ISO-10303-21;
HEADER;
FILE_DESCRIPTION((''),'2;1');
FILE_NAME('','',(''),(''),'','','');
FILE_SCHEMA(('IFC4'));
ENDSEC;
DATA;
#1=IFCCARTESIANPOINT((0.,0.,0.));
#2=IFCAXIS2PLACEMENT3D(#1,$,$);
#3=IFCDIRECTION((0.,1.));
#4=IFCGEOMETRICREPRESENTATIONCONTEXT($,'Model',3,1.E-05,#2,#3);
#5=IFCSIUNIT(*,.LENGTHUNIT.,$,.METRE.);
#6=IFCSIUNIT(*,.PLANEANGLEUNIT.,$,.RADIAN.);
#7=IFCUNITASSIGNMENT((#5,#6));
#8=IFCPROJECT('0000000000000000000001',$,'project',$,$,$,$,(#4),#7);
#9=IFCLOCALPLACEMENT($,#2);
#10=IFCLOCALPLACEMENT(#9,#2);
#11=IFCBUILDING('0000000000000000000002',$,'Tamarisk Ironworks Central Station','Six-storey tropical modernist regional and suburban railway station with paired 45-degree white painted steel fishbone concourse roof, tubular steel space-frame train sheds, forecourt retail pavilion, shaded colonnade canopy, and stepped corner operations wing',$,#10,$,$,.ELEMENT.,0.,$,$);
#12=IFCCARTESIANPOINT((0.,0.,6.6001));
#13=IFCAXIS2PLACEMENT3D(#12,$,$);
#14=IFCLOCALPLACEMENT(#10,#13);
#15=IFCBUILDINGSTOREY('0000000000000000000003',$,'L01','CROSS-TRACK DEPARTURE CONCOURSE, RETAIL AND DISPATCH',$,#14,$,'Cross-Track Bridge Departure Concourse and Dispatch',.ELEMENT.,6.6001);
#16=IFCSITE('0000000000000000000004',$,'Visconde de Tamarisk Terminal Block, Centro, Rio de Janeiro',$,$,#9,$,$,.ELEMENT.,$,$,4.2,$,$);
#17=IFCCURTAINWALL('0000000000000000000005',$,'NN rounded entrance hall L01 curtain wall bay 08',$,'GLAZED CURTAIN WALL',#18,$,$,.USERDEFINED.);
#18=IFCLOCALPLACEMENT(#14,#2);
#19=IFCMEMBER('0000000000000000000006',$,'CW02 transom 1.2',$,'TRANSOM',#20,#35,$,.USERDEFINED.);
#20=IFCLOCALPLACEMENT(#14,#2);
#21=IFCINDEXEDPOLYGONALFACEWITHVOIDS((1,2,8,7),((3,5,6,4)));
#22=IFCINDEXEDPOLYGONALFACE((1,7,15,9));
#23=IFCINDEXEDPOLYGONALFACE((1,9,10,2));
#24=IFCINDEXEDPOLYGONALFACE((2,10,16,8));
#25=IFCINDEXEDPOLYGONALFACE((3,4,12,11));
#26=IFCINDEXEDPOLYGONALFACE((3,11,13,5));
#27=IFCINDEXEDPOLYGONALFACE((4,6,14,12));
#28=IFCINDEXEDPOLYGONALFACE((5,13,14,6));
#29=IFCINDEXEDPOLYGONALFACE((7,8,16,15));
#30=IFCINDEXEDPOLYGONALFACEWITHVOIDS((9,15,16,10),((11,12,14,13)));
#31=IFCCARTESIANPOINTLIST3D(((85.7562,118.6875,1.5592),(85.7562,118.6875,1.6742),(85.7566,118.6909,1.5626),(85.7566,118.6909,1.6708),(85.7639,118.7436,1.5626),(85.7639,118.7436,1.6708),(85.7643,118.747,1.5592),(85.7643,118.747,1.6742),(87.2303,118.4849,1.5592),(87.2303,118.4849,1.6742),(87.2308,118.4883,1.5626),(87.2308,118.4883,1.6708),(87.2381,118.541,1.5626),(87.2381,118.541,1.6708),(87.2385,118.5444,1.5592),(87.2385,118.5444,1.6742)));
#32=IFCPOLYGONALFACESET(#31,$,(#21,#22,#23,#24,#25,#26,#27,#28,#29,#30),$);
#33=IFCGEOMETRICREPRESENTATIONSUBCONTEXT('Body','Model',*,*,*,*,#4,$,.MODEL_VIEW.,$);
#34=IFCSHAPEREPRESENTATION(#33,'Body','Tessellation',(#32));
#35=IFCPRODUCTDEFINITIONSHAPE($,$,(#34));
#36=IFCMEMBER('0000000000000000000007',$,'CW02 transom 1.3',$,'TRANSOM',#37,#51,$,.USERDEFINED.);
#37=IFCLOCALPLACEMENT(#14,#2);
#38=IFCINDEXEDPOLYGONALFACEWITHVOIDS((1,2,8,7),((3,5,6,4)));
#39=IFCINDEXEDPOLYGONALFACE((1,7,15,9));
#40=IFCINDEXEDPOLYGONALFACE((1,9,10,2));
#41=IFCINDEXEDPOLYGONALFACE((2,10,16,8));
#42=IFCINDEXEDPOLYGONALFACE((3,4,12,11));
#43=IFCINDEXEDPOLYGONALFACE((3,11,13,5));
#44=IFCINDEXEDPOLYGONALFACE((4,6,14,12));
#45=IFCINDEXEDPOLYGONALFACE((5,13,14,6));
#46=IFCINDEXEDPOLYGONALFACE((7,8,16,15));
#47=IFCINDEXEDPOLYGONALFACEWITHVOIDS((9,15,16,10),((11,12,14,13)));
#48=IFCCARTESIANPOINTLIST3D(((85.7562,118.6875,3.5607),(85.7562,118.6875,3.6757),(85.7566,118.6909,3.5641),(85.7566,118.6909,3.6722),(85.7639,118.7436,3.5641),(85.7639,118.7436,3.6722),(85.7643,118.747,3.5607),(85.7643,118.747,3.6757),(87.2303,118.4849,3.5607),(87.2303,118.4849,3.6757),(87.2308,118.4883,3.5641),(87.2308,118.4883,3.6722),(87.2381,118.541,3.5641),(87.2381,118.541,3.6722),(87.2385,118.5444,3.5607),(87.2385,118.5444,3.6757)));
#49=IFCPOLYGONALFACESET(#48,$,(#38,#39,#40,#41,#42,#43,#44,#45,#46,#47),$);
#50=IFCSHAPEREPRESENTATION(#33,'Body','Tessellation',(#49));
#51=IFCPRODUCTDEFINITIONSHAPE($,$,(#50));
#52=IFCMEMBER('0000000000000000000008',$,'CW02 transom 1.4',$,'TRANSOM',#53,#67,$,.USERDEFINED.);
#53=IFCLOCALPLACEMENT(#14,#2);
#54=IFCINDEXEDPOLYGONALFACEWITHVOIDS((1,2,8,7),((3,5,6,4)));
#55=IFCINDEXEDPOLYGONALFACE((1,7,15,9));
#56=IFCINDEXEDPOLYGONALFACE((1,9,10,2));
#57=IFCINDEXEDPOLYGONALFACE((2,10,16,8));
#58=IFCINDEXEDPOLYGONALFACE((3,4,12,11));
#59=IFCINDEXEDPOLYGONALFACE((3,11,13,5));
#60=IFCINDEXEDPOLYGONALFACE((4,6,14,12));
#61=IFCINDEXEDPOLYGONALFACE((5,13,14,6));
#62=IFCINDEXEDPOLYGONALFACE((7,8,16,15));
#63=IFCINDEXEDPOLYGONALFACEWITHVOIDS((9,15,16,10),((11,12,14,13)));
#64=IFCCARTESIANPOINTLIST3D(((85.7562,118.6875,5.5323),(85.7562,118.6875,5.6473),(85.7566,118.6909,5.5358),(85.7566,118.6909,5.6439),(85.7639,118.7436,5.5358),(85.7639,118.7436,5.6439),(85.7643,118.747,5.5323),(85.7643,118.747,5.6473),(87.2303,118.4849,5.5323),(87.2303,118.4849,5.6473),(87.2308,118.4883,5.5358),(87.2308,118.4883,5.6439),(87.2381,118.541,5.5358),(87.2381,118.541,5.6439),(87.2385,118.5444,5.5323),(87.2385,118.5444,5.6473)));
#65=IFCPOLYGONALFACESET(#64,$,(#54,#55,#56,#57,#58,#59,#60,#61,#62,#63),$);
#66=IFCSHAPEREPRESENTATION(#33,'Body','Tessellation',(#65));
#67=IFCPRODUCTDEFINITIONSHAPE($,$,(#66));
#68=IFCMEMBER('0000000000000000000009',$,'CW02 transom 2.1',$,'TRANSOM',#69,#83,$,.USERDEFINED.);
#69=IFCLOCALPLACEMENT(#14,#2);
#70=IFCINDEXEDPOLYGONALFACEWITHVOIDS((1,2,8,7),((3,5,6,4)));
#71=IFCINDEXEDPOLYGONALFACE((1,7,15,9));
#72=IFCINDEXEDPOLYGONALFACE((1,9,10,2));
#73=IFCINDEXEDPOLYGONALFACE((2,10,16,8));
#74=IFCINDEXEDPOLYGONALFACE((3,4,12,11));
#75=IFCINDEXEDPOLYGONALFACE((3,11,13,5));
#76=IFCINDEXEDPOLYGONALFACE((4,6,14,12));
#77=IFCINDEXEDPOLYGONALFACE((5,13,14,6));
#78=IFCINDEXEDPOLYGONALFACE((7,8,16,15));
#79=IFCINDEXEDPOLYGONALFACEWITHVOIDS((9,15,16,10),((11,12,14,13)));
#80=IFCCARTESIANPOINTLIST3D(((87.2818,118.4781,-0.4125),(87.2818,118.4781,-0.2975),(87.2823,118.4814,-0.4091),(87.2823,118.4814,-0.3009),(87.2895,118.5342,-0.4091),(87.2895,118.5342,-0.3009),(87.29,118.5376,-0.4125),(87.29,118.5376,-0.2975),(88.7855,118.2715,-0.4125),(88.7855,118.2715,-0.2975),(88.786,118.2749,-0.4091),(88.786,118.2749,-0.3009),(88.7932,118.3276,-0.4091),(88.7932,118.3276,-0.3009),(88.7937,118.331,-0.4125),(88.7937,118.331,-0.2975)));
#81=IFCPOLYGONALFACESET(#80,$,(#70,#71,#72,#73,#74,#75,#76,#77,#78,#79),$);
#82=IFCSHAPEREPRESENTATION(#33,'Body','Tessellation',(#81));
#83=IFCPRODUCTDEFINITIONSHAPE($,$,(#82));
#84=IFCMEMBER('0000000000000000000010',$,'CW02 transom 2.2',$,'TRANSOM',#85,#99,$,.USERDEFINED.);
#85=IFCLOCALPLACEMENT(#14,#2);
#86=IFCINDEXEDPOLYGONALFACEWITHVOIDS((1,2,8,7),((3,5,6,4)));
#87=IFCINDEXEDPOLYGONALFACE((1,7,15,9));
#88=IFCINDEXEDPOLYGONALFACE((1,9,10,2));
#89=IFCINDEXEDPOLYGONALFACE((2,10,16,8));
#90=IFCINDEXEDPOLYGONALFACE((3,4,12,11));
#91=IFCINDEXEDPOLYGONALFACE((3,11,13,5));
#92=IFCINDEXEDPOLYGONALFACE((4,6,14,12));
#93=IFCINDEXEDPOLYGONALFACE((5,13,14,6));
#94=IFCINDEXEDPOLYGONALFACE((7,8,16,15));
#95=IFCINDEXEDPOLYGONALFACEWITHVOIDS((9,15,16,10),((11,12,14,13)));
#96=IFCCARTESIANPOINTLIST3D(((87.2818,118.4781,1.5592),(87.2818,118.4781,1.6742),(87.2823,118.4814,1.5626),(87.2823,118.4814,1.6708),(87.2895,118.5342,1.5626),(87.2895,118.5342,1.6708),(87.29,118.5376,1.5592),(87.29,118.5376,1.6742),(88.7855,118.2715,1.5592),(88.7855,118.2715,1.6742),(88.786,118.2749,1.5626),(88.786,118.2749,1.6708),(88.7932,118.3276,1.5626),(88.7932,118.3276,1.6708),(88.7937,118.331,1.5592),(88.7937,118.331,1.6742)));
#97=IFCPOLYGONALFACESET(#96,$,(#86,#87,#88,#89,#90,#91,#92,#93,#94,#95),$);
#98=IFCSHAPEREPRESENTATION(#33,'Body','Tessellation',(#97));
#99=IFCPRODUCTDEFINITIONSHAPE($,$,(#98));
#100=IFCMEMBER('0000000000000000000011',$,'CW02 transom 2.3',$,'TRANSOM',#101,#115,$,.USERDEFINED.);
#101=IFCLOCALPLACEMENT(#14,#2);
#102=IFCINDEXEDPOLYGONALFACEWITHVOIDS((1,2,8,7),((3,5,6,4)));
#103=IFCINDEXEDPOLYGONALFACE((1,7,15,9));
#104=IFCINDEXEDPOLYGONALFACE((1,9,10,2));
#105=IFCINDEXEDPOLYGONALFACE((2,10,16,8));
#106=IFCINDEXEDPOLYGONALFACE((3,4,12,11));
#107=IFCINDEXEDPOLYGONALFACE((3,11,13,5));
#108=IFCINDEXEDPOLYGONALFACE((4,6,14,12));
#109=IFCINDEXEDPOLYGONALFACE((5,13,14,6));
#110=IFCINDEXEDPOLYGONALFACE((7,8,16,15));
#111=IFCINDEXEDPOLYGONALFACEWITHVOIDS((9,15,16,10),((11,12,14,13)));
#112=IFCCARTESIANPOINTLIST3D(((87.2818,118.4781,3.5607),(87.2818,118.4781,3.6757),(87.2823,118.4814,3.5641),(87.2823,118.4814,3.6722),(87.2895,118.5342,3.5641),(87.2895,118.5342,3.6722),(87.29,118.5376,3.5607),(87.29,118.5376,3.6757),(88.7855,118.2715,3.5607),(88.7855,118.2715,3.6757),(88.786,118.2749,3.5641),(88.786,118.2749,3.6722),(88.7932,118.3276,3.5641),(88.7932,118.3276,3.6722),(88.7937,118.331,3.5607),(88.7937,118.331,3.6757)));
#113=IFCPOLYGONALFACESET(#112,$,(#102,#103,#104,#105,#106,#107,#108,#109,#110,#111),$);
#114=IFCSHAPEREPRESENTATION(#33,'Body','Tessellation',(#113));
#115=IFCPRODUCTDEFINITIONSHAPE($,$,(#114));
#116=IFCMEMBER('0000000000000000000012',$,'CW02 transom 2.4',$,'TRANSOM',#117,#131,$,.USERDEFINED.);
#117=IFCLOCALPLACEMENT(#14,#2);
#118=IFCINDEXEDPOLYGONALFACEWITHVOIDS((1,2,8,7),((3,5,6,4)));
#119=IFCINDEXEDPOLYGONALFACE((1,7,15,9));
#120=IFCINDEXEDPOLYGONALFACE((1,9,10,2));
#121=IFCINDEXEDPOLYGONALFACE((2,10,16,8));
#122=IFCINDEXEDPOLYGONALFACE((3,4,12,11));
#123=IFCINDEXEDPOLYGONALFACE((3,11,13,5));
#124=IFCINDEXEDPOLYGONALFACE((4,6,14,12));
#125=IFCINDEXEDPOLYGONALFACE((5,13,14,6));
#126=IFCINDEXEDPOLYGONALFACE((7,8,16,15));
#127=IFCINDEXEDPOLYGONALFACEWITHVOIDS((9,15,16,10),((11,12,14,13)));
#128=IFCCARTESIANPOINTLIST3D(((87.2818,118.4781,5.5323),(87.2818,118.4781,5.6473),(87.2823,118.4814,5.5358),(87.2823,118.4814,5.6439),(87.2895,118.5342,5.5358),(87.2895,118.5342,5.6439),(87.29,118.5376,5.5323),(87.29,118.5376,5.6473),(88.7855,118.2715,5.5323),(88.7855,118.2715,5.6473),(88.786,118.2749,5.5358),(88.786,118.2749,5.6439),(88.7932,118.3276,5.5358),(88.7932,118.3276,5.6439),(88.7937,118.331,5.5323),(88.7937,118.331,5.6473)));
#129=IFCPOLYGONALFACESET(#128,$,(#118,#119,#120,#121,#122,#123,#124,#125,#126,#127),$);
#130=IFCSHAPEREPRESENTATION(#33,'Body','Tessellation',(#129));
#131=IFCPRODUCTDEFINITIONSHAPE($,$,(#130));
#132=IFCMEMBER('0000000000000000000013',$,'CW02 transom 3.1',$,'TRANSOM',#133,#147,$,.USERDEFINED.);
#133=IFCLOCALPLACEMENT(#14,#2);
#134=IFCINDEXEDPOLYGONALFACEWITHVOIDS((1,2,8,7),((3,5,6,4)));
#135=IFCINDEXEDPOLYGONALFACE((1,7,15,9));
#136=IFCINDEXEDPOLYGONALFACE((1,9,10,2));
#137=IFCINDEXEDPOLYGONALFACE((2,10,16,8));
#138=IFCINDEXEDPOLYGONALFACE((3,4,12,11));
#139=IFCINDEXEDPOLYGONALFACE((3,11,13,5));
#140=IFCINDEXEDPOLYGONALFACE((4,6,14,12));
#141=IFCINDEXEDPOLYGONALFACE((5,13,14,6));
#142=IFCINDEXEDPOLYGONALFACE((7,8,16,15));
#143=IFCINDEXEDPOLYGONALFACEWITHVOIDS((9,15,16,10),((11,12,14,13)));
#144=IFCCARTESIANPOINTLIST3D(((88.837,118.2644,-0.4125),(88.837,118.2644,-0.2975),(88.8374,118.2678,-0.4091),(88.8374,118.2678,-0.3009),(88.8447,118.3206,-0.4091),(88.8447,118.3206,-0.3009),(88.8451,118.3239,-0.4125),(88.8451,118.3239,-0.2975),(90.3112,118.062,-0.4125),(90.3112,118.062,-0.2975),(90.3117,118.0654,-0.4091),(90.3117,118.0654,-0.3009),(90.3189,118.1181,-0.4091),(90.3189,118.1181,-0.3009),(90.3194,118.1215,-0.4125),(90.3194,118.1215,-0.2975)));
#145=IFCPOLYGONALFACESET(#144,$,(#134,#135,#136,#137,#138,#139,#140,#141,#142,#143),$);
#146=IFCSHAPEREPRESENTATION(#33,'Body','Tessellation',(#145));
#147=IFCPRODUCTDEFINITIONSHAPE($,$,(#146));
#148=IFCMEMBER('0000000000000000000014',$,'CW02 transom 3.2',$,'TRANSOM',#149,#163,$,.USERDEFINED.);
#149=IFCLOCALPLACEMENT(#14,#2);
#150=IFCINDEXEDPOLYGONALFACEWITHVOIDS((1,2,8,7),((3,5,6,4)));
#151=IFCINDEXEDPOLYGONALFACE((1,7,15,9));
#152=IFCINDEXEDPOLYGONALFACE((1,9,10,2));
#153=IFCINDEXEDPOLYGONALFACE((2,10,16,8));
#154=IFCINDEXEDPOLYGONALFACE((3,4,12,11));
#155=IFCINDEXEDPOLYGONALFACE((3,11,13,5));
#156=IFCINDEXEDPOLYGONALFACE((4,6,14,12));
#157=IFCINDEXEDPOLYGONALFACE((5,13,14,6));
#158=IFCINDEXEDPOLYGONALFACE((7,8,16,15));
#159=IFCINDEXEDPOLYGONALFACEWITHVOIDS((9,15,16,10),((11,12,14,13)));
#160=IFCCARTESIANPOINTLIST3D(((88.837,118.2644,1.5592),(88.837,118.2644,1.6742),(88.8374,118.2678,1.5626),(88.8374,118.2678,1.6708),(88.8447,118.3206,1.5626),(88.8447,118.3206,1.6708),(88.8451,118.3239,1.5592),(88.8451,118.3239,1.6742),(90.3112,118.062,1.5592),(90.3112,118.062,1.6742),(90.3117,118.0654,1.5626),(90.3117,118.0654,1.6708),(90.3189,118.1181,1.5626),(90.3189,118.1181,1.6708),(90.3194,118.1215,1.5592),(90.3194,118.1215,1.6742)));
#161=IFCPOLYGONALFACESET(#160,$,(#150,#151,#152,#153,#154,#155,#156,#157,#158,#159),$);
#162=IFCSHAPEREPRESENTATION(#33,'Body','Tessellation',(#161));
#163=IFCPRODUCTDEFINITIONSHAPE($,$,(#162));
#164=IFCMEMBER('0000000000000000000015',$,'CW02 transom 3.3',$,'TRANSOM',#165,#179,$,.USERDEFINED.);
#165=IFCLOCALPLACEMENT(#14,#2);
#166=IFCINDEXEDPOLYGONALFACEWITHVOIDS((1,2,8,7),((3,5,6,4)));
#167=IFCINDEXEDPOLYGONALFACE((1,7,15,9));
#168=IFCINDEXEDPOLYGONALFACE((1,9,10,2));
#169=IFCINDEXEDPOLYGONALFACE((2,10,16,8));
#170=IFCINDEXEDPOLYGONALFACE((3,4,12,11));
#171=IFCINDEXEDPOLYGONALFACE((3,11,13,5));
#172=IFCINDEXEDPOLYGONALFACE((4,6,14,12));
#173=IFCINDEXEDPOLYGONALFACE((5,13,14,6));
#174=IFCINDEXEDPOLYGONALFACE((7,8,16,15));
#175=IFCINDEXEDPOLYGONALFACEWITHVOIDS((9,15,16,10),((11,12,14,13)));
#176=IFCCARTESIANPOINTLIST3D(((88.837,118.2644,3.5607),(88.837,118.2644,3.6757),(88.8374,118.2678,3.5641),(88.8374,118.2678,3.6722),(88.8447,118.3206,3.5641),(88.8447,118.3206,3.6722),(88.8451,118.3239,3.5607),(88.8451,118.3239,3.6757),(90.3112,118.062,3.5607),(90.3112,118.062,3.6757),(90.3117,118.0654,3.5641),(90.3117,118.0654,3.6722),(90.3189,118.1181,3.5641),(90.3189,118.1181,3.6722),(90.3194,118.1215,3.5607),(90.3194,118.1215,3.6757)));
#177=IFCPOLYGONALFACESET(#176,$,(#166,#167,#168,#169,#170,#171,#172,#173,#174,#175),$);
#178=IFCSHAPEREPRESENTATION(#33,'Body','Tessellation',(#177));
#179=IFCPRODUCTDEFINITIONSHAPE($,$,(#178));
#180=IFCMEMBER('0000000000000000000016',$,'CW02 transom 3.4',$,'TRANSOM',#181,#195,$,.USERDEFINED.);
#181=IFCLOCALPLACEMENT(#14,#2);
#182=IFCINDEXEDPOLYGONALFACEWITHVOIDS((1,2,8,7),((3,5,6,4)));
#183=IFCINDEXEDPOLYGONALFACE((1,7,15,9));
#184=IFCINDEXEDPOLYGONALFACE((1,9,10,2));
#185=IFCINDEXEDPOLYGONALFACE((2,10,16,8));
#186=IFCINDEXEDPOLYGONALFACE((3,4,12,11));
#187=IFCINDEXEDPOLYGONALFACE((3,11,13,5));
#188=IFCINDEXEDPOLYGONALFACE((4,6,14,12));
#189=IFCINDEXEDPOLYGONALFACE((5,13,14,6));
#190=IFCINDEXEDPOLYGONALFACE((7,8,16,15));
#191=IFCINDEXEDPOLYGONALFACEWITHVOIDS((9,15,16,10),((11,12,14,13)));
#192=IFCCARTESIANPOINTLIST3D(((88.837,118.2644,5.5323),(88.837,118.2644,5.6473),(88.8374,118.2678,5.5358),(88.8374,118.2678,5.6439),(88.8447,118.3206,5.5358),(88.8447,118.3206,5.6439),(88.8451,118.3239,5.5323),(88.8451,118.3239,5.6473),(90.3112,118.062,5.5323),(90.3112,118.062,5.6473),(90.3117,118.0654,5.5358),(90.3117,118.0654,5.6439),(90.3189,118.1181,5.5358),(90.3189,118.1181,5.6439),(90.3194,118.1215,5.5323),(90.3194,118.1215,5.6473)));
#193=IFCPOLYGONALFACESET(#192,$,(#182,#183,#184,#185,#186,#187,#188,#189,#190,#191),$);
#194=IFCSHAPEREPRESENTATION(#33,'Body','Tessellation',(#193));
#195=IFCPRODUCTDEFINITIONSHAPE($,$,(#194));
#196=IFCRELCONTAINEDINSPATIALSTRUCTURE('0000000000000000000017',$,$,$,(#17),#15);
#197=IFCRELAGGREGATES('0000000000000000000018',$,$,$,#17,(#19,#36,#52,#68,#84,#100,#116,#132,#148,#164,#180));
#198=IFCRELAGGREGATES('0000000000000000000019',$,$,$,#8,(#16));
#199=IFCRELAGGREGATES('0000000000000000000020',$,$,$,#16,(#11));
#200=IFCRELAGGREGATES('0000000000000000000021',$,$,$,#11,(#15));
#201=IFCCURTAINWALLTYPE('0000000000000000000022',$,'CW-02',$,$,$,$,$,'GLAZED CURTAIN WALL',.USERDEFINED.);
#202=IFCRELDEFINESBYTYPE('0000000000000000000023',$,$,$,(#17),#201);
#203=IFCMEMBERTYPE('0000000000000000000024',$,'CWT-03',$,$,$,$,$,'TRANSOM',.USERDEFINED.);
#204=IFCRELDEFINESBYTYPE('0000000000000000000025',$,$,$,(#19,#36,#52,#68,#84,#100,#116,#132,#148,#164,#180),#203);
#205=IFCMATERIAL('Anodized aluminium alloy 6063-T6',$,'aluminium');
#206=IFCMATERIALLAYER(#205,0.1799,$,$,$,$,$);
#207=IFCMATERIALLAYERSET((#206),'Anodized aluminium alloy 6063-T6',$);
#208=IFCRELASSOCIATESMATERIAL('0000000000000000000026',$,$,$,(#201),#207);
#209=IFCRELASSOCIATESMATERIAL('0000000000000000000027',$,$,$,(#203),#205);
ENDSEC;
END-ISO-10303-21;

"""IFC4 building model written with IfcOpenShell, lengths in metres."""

from ifc_helpers import new_model, si_unit, direction, frame, origin, origin_2d, place, context, subcontext, project, spatial, hollow_rectangle, extrude, material, layer, layer_set, material_profile, profile_set, type_object, element, aggregate, save


model = new_model("IFC4")

# Units and contexts
model_context = context("Model", 3, precision=1e-05, world=origin(), true_north=direction((0.0, 1.0)))
body_context = subcontext(model_context, "Body", "Model", "MODEL_VIEW")
ifc_project = project(units=[si_unit("LENGTHUNIT", "METRE"), si_unit("PLANEANGLEUNIT", "RADIAN")], contexts=[model_context])

# Site, building, storey
site_placement = place(None, origin())
site = spatial("IfcSite", under=ifc_project, at=site_placement, Name="Visconde de Tamarisk Terminal Block, Centro, Rio de Janeiro", CompositionType="ELEMENT", RefElevation=4.2)
building_placement = place(site_placement, origin())
building = spatial("IfcBuilding", under=site, at=building_placement, Name="Tamarisk Ironworks Central Station", Description="Six-storey tropical modernist regional and suburban railway station with paired 45-degree white painted steel fishbone concourse roof, tubular steel space-frame train sheds, forecourt retail pavilion, shaded colonnade canopy, and stepped corner operations wing", CompositionType="ELEMENT", ElevationOfRefHeight=0.0)
storey_placement = place(building_placement, frame((0.0, 0.0, 6.6001)))
storey = spatial("IfcBuildingStorey", under=building, at=storey_placement, Name="L01", Description="CROSS-TRACK DEPARTURE CONCOURSE, RETAIL AND DISPATCH", LongName="Cross-Track Bridge Departure Concourse and Dispatch", CompositionType="ELEMENT", Elevation=6.6001)

# Shared definitions
ifc_material_1 = material(Name="Anodized aluminium alloy 6063-T6", Category="aluminium")
ifc_layer_1 = layer(ifc_material_1, 0.1799)
ifc_layer_set_1 = layer_set([ifc_layer_1], Name="Anodized aluminium alloy 6063-T6")
curtain_wall_type = type_object("IfcCurtainWallType", Name="CW-02", ElementType="GLAZED CURTAIN WALL", PredefinedType="USERDEFINED", material=ifc_layer_set_1)

# Curtain wall, members
curtain_wall_1_placement = place(storey_placement, origin())
curtain_wall_1 = element("IfcCurtainWall", 1, at=curtain_wall_1_placement, inside=storey, type_object=curtain_wall_type, Name="NN rounded entrance hall L01 curtain wall bay 08", ObjectType="GLAZED CURTAIN WALL", PredefinedType="USERDEFINED")
ifc_material_profile_1 = material_profile(ifc_material_1, hollow_rectangle(XDim=0.0601, YDim=0.115, WallThickness=0.0034, at=origin_2d()), Name="ALUM 115x60")
ifc_profile_set_1 = profile_set([ifc_material_profile_1], Name="Anodized aluminium alloy 6063-T6")
member_type_1 = type_object("IfcMemberType", Name="CWT-03", ElementType="TRANSOM", PredefinedType="USERDEFINED", material=ifc_profile_set_1)
member_1_placement = place(storey_placement, frame((85.7603, 118.7173, 1.6167), z_axis=(0.990684, -0.136182, 0.0), x_axis=(0.136182, 0.990684, 0.0)))
member_1 = element("IfcMember", 2, at=member_1_placement, type_object=member_type_1, Name="CW02 transom 1.2", ObjectType="TRANSOM", PredefinedType="USERDEFINED", context=body_context, shape_type="SweptSolid", body=[
    extrude(hollow_rectangle(XDim=0.0601, YDim=0.115, WallThickness=0.0034, at=origin_2d()), origin(), (0.0, 0.0, 1.0), 1.488),
])
member_2_placement = place(storey_placement, frame((85.7603, 118.7173, 3.6182), z_axis=(0.990684, -0.136182, 0.0), x_axis=(0.136182, 0.990684, 0.0)))
member_2 = element("IfcMember", 3, at=member_2_placement, type_object=member_type_1, Name="CW02 transom 1.3", ObjectType="TRANSOM", PredefinedType="USERDEFINED", context=body_context, shape_type="SweptSolid", body=[
    extrude(hollow_rectangle(XDim=0.0601, YDim=0.115, WallThickness=0.0034, at=origin_2d()), origin(), (0.0, 0.0, 1.0), 1.488),
])
member_3_placement = place(storey_placement, frame((85.7603, 118.7173, 5.5898), z_axis=(0.990684, -0.136182, 0.0), x_axis=(0.136182, 0.990684, 0.0)))
member_3 = element("IfcMember", 4, at=member_3_placement, type_object=member_type_1, Name="CW02 transom 1.4", ObjectType="TRANSOM", PredefinedType="USERDEFINED", context=body_context, shape_type="SweptSolid", body=[
    extrude(hollow_rectangle(XDim=0.0601, YDim=0.115, WallThickness=0.0034, at=origin_2d()), origin(), (0.0, 0.0, 1.0), 1.488),
])
member_4_placement = place(storey_placement, frame((87.2859, 118.5078, -0.355), z_axis=(0.990698, -0.136082, 0.0), x_axis=(0.136082, 0.990698, 0.0)))
member_4 = element("IfcMember", 5, at=member_4_placement, type_object=member_type_1, Name="CW02 transom 2.1", ObjectType="TRANSOM", PredefinedType="USERDEFINED", context=body_context, shape_type="SweptSolid", body=[
    extrude(hollow_rectangle(XDim=0.0601, YDim=0.115, WallThickness=0.0034, at=origin_2d()), origin(), (0.0, 0.0, 1.0), 1.5178),
])
member_5_placement = place(storey_placement, frame((87.2859, 118.5078, 1.6167), z_axis=(0.990698, -0.136082, 0.0), x_axis=(0.136082, 0.990698, 0.0)))
member_5 = element("IfcMember", 6, at=member_5_placement, type_object=member_type_1, Name="CW02 transom 2.2", ObjectType="TRANSOM", PredefinedType="USERDEFINED", context=body_context, shape_type="SweptSolid", body=[
    extrude(hollow_rectangle(XDim=0.0601, YDim=0.115, WallThickness=0.0034, at=origin_2d()), origin(), (0.0, 0.0, 1.0), 1.5178),
])
member_6_placement = place(storey_placement, frame((87.2859, 118.5078, 3.6182), z_axis=(0.990698, -0.136082, 0.0), x_axis=(0.136082, 0.990698, 0.0)))
member_6 = element("IfcMember", 7, at=member_6_placement, type_object=member_type_1, Name="CW02 transom 2.3", ObjectType="TRANSOM", PredefinedType="USERDEFINED", context=body_context, shape_type="SweptSolid", body=[
    extrude(hollow_rectangle(XDim=0.0601, YDim=0.115, WallThickness=0.0034, at=origin_2d()), origin(), (0.0, 0.0, 1.0), 1.5178),
])
member_7_placement = place(storey_placement, frame((87.2859, 118.5078, 5.5898), z_axis=(0.990698, -0.136082, 0.0), x_axis=(0.136082, 0.990698, 0.0)))
member_7 = element("IfcMember", 8, at=member_7_placement, type_object=member_type_1, Name="CW02 transom 2.4", ObjectType="TRANSOM", PredefinedType="USERDEFINED", context=body_context, shape_type="SweptSolid", body=[
    extrude(hollow_rectangle(XDim=0.0601, YDim=0.115, WallThickness=0.0034, at=origin_2d()), origin(), (0.0, 0.0, 1.0), 1.5178),
])
member_8_placement = place(storey_placement, frame((88.8411, 118.2942, -0.355), z_axis=(0.990706, -0.136021, 0.0), x_axis=(0.136021, 0.990706, 0.0)))
member_8 = element("IfcMember", 9, at=member_8_placement, type_object=member_type_1, Name="CW02 transom 3.1", ObjectType="TRANSOM", PredefinedType="USERDEFINED", context=body_context, shape_type="SweptSolid", body=[
    extrude(hollow_rectangle(XDim=0.0601, YDim=0.115, WallThickness=0.0034, at=origin_2d()), origin(), (0.0, 0.0, 1.0), 1.488),
])
member_9_placement = place(storey_placement, frame((88.8411, 118.2942, 1.6167), z_axis=(0.990706, -0.136021, 0.0), x_axis=(0.136021, 0.990706, 0.0)))
member_9 = element("IfcMember", 10, at=member_9_placement, type_object=member_type_1, Name="CW02 transom 3.2", ObjectType="TRANSOM", PredefinedType="USERDEFINED", context=body_context, shape_type="SweptSolid", body=[
    extrude(hollow_rectangle(XDim=0.0601, YDim=0.115, WallThickness=0.0034, at=origin_2d()), origin(), (0.0, 0.0, 1.0), 1.488),
])
member_10_placement = place(storey_placement, frame((88.8411, 118.2942, 3.6182), z_axis=(0.990706, -0.136021, 0.0), x_axis=(0.136021, 0.990706, 0.0)))
member_10 = element("IfcMember", 11, at=member_10_placement, type_object=member_type_1, Name="CW02 transom 3.3", ObjectType="TRANSOM", PredefinedType="USERDEFINED", context=body_context, shape_type="SweptSolid", body=[
    extrude(hollow_rectangle(XDim=0.0601, YDim=0.115, WallThickness=0.0034, at=origin_2d()), origin(), (0.0, 0.0, 1.0), 1.488),
])
member_11_placement = place(storey_placement, frame((88.8411, 118.2942, 5.5898), z_axis=(0.990706, -0.136021, 0.0), x_axis=(0.136021, 0.990706, 0.0)))
member_11 = element("IfcMember", 12, at=member_11_placement, type_object=member_type_1, Name="CW02 transom 3.4", ObjectType="TRANSOM", PredefinedType="USERDEFINED", context=body_context, shape_type="SweptSolid", body=[
    extrude(hollow_rectangle(XDim=0.0601, YDim=0.115, WallThickness=0.0034, at=origin_2d()), origin(), (0.0, 0.0, 1.0), 1.488),
])

aggregate(curtain_wall_1, [member_1, member_2, member_3, member_4, member_5, member_6, member_7, member_8, member_9, member_10, member_11])

save(model, "model.ifc")
